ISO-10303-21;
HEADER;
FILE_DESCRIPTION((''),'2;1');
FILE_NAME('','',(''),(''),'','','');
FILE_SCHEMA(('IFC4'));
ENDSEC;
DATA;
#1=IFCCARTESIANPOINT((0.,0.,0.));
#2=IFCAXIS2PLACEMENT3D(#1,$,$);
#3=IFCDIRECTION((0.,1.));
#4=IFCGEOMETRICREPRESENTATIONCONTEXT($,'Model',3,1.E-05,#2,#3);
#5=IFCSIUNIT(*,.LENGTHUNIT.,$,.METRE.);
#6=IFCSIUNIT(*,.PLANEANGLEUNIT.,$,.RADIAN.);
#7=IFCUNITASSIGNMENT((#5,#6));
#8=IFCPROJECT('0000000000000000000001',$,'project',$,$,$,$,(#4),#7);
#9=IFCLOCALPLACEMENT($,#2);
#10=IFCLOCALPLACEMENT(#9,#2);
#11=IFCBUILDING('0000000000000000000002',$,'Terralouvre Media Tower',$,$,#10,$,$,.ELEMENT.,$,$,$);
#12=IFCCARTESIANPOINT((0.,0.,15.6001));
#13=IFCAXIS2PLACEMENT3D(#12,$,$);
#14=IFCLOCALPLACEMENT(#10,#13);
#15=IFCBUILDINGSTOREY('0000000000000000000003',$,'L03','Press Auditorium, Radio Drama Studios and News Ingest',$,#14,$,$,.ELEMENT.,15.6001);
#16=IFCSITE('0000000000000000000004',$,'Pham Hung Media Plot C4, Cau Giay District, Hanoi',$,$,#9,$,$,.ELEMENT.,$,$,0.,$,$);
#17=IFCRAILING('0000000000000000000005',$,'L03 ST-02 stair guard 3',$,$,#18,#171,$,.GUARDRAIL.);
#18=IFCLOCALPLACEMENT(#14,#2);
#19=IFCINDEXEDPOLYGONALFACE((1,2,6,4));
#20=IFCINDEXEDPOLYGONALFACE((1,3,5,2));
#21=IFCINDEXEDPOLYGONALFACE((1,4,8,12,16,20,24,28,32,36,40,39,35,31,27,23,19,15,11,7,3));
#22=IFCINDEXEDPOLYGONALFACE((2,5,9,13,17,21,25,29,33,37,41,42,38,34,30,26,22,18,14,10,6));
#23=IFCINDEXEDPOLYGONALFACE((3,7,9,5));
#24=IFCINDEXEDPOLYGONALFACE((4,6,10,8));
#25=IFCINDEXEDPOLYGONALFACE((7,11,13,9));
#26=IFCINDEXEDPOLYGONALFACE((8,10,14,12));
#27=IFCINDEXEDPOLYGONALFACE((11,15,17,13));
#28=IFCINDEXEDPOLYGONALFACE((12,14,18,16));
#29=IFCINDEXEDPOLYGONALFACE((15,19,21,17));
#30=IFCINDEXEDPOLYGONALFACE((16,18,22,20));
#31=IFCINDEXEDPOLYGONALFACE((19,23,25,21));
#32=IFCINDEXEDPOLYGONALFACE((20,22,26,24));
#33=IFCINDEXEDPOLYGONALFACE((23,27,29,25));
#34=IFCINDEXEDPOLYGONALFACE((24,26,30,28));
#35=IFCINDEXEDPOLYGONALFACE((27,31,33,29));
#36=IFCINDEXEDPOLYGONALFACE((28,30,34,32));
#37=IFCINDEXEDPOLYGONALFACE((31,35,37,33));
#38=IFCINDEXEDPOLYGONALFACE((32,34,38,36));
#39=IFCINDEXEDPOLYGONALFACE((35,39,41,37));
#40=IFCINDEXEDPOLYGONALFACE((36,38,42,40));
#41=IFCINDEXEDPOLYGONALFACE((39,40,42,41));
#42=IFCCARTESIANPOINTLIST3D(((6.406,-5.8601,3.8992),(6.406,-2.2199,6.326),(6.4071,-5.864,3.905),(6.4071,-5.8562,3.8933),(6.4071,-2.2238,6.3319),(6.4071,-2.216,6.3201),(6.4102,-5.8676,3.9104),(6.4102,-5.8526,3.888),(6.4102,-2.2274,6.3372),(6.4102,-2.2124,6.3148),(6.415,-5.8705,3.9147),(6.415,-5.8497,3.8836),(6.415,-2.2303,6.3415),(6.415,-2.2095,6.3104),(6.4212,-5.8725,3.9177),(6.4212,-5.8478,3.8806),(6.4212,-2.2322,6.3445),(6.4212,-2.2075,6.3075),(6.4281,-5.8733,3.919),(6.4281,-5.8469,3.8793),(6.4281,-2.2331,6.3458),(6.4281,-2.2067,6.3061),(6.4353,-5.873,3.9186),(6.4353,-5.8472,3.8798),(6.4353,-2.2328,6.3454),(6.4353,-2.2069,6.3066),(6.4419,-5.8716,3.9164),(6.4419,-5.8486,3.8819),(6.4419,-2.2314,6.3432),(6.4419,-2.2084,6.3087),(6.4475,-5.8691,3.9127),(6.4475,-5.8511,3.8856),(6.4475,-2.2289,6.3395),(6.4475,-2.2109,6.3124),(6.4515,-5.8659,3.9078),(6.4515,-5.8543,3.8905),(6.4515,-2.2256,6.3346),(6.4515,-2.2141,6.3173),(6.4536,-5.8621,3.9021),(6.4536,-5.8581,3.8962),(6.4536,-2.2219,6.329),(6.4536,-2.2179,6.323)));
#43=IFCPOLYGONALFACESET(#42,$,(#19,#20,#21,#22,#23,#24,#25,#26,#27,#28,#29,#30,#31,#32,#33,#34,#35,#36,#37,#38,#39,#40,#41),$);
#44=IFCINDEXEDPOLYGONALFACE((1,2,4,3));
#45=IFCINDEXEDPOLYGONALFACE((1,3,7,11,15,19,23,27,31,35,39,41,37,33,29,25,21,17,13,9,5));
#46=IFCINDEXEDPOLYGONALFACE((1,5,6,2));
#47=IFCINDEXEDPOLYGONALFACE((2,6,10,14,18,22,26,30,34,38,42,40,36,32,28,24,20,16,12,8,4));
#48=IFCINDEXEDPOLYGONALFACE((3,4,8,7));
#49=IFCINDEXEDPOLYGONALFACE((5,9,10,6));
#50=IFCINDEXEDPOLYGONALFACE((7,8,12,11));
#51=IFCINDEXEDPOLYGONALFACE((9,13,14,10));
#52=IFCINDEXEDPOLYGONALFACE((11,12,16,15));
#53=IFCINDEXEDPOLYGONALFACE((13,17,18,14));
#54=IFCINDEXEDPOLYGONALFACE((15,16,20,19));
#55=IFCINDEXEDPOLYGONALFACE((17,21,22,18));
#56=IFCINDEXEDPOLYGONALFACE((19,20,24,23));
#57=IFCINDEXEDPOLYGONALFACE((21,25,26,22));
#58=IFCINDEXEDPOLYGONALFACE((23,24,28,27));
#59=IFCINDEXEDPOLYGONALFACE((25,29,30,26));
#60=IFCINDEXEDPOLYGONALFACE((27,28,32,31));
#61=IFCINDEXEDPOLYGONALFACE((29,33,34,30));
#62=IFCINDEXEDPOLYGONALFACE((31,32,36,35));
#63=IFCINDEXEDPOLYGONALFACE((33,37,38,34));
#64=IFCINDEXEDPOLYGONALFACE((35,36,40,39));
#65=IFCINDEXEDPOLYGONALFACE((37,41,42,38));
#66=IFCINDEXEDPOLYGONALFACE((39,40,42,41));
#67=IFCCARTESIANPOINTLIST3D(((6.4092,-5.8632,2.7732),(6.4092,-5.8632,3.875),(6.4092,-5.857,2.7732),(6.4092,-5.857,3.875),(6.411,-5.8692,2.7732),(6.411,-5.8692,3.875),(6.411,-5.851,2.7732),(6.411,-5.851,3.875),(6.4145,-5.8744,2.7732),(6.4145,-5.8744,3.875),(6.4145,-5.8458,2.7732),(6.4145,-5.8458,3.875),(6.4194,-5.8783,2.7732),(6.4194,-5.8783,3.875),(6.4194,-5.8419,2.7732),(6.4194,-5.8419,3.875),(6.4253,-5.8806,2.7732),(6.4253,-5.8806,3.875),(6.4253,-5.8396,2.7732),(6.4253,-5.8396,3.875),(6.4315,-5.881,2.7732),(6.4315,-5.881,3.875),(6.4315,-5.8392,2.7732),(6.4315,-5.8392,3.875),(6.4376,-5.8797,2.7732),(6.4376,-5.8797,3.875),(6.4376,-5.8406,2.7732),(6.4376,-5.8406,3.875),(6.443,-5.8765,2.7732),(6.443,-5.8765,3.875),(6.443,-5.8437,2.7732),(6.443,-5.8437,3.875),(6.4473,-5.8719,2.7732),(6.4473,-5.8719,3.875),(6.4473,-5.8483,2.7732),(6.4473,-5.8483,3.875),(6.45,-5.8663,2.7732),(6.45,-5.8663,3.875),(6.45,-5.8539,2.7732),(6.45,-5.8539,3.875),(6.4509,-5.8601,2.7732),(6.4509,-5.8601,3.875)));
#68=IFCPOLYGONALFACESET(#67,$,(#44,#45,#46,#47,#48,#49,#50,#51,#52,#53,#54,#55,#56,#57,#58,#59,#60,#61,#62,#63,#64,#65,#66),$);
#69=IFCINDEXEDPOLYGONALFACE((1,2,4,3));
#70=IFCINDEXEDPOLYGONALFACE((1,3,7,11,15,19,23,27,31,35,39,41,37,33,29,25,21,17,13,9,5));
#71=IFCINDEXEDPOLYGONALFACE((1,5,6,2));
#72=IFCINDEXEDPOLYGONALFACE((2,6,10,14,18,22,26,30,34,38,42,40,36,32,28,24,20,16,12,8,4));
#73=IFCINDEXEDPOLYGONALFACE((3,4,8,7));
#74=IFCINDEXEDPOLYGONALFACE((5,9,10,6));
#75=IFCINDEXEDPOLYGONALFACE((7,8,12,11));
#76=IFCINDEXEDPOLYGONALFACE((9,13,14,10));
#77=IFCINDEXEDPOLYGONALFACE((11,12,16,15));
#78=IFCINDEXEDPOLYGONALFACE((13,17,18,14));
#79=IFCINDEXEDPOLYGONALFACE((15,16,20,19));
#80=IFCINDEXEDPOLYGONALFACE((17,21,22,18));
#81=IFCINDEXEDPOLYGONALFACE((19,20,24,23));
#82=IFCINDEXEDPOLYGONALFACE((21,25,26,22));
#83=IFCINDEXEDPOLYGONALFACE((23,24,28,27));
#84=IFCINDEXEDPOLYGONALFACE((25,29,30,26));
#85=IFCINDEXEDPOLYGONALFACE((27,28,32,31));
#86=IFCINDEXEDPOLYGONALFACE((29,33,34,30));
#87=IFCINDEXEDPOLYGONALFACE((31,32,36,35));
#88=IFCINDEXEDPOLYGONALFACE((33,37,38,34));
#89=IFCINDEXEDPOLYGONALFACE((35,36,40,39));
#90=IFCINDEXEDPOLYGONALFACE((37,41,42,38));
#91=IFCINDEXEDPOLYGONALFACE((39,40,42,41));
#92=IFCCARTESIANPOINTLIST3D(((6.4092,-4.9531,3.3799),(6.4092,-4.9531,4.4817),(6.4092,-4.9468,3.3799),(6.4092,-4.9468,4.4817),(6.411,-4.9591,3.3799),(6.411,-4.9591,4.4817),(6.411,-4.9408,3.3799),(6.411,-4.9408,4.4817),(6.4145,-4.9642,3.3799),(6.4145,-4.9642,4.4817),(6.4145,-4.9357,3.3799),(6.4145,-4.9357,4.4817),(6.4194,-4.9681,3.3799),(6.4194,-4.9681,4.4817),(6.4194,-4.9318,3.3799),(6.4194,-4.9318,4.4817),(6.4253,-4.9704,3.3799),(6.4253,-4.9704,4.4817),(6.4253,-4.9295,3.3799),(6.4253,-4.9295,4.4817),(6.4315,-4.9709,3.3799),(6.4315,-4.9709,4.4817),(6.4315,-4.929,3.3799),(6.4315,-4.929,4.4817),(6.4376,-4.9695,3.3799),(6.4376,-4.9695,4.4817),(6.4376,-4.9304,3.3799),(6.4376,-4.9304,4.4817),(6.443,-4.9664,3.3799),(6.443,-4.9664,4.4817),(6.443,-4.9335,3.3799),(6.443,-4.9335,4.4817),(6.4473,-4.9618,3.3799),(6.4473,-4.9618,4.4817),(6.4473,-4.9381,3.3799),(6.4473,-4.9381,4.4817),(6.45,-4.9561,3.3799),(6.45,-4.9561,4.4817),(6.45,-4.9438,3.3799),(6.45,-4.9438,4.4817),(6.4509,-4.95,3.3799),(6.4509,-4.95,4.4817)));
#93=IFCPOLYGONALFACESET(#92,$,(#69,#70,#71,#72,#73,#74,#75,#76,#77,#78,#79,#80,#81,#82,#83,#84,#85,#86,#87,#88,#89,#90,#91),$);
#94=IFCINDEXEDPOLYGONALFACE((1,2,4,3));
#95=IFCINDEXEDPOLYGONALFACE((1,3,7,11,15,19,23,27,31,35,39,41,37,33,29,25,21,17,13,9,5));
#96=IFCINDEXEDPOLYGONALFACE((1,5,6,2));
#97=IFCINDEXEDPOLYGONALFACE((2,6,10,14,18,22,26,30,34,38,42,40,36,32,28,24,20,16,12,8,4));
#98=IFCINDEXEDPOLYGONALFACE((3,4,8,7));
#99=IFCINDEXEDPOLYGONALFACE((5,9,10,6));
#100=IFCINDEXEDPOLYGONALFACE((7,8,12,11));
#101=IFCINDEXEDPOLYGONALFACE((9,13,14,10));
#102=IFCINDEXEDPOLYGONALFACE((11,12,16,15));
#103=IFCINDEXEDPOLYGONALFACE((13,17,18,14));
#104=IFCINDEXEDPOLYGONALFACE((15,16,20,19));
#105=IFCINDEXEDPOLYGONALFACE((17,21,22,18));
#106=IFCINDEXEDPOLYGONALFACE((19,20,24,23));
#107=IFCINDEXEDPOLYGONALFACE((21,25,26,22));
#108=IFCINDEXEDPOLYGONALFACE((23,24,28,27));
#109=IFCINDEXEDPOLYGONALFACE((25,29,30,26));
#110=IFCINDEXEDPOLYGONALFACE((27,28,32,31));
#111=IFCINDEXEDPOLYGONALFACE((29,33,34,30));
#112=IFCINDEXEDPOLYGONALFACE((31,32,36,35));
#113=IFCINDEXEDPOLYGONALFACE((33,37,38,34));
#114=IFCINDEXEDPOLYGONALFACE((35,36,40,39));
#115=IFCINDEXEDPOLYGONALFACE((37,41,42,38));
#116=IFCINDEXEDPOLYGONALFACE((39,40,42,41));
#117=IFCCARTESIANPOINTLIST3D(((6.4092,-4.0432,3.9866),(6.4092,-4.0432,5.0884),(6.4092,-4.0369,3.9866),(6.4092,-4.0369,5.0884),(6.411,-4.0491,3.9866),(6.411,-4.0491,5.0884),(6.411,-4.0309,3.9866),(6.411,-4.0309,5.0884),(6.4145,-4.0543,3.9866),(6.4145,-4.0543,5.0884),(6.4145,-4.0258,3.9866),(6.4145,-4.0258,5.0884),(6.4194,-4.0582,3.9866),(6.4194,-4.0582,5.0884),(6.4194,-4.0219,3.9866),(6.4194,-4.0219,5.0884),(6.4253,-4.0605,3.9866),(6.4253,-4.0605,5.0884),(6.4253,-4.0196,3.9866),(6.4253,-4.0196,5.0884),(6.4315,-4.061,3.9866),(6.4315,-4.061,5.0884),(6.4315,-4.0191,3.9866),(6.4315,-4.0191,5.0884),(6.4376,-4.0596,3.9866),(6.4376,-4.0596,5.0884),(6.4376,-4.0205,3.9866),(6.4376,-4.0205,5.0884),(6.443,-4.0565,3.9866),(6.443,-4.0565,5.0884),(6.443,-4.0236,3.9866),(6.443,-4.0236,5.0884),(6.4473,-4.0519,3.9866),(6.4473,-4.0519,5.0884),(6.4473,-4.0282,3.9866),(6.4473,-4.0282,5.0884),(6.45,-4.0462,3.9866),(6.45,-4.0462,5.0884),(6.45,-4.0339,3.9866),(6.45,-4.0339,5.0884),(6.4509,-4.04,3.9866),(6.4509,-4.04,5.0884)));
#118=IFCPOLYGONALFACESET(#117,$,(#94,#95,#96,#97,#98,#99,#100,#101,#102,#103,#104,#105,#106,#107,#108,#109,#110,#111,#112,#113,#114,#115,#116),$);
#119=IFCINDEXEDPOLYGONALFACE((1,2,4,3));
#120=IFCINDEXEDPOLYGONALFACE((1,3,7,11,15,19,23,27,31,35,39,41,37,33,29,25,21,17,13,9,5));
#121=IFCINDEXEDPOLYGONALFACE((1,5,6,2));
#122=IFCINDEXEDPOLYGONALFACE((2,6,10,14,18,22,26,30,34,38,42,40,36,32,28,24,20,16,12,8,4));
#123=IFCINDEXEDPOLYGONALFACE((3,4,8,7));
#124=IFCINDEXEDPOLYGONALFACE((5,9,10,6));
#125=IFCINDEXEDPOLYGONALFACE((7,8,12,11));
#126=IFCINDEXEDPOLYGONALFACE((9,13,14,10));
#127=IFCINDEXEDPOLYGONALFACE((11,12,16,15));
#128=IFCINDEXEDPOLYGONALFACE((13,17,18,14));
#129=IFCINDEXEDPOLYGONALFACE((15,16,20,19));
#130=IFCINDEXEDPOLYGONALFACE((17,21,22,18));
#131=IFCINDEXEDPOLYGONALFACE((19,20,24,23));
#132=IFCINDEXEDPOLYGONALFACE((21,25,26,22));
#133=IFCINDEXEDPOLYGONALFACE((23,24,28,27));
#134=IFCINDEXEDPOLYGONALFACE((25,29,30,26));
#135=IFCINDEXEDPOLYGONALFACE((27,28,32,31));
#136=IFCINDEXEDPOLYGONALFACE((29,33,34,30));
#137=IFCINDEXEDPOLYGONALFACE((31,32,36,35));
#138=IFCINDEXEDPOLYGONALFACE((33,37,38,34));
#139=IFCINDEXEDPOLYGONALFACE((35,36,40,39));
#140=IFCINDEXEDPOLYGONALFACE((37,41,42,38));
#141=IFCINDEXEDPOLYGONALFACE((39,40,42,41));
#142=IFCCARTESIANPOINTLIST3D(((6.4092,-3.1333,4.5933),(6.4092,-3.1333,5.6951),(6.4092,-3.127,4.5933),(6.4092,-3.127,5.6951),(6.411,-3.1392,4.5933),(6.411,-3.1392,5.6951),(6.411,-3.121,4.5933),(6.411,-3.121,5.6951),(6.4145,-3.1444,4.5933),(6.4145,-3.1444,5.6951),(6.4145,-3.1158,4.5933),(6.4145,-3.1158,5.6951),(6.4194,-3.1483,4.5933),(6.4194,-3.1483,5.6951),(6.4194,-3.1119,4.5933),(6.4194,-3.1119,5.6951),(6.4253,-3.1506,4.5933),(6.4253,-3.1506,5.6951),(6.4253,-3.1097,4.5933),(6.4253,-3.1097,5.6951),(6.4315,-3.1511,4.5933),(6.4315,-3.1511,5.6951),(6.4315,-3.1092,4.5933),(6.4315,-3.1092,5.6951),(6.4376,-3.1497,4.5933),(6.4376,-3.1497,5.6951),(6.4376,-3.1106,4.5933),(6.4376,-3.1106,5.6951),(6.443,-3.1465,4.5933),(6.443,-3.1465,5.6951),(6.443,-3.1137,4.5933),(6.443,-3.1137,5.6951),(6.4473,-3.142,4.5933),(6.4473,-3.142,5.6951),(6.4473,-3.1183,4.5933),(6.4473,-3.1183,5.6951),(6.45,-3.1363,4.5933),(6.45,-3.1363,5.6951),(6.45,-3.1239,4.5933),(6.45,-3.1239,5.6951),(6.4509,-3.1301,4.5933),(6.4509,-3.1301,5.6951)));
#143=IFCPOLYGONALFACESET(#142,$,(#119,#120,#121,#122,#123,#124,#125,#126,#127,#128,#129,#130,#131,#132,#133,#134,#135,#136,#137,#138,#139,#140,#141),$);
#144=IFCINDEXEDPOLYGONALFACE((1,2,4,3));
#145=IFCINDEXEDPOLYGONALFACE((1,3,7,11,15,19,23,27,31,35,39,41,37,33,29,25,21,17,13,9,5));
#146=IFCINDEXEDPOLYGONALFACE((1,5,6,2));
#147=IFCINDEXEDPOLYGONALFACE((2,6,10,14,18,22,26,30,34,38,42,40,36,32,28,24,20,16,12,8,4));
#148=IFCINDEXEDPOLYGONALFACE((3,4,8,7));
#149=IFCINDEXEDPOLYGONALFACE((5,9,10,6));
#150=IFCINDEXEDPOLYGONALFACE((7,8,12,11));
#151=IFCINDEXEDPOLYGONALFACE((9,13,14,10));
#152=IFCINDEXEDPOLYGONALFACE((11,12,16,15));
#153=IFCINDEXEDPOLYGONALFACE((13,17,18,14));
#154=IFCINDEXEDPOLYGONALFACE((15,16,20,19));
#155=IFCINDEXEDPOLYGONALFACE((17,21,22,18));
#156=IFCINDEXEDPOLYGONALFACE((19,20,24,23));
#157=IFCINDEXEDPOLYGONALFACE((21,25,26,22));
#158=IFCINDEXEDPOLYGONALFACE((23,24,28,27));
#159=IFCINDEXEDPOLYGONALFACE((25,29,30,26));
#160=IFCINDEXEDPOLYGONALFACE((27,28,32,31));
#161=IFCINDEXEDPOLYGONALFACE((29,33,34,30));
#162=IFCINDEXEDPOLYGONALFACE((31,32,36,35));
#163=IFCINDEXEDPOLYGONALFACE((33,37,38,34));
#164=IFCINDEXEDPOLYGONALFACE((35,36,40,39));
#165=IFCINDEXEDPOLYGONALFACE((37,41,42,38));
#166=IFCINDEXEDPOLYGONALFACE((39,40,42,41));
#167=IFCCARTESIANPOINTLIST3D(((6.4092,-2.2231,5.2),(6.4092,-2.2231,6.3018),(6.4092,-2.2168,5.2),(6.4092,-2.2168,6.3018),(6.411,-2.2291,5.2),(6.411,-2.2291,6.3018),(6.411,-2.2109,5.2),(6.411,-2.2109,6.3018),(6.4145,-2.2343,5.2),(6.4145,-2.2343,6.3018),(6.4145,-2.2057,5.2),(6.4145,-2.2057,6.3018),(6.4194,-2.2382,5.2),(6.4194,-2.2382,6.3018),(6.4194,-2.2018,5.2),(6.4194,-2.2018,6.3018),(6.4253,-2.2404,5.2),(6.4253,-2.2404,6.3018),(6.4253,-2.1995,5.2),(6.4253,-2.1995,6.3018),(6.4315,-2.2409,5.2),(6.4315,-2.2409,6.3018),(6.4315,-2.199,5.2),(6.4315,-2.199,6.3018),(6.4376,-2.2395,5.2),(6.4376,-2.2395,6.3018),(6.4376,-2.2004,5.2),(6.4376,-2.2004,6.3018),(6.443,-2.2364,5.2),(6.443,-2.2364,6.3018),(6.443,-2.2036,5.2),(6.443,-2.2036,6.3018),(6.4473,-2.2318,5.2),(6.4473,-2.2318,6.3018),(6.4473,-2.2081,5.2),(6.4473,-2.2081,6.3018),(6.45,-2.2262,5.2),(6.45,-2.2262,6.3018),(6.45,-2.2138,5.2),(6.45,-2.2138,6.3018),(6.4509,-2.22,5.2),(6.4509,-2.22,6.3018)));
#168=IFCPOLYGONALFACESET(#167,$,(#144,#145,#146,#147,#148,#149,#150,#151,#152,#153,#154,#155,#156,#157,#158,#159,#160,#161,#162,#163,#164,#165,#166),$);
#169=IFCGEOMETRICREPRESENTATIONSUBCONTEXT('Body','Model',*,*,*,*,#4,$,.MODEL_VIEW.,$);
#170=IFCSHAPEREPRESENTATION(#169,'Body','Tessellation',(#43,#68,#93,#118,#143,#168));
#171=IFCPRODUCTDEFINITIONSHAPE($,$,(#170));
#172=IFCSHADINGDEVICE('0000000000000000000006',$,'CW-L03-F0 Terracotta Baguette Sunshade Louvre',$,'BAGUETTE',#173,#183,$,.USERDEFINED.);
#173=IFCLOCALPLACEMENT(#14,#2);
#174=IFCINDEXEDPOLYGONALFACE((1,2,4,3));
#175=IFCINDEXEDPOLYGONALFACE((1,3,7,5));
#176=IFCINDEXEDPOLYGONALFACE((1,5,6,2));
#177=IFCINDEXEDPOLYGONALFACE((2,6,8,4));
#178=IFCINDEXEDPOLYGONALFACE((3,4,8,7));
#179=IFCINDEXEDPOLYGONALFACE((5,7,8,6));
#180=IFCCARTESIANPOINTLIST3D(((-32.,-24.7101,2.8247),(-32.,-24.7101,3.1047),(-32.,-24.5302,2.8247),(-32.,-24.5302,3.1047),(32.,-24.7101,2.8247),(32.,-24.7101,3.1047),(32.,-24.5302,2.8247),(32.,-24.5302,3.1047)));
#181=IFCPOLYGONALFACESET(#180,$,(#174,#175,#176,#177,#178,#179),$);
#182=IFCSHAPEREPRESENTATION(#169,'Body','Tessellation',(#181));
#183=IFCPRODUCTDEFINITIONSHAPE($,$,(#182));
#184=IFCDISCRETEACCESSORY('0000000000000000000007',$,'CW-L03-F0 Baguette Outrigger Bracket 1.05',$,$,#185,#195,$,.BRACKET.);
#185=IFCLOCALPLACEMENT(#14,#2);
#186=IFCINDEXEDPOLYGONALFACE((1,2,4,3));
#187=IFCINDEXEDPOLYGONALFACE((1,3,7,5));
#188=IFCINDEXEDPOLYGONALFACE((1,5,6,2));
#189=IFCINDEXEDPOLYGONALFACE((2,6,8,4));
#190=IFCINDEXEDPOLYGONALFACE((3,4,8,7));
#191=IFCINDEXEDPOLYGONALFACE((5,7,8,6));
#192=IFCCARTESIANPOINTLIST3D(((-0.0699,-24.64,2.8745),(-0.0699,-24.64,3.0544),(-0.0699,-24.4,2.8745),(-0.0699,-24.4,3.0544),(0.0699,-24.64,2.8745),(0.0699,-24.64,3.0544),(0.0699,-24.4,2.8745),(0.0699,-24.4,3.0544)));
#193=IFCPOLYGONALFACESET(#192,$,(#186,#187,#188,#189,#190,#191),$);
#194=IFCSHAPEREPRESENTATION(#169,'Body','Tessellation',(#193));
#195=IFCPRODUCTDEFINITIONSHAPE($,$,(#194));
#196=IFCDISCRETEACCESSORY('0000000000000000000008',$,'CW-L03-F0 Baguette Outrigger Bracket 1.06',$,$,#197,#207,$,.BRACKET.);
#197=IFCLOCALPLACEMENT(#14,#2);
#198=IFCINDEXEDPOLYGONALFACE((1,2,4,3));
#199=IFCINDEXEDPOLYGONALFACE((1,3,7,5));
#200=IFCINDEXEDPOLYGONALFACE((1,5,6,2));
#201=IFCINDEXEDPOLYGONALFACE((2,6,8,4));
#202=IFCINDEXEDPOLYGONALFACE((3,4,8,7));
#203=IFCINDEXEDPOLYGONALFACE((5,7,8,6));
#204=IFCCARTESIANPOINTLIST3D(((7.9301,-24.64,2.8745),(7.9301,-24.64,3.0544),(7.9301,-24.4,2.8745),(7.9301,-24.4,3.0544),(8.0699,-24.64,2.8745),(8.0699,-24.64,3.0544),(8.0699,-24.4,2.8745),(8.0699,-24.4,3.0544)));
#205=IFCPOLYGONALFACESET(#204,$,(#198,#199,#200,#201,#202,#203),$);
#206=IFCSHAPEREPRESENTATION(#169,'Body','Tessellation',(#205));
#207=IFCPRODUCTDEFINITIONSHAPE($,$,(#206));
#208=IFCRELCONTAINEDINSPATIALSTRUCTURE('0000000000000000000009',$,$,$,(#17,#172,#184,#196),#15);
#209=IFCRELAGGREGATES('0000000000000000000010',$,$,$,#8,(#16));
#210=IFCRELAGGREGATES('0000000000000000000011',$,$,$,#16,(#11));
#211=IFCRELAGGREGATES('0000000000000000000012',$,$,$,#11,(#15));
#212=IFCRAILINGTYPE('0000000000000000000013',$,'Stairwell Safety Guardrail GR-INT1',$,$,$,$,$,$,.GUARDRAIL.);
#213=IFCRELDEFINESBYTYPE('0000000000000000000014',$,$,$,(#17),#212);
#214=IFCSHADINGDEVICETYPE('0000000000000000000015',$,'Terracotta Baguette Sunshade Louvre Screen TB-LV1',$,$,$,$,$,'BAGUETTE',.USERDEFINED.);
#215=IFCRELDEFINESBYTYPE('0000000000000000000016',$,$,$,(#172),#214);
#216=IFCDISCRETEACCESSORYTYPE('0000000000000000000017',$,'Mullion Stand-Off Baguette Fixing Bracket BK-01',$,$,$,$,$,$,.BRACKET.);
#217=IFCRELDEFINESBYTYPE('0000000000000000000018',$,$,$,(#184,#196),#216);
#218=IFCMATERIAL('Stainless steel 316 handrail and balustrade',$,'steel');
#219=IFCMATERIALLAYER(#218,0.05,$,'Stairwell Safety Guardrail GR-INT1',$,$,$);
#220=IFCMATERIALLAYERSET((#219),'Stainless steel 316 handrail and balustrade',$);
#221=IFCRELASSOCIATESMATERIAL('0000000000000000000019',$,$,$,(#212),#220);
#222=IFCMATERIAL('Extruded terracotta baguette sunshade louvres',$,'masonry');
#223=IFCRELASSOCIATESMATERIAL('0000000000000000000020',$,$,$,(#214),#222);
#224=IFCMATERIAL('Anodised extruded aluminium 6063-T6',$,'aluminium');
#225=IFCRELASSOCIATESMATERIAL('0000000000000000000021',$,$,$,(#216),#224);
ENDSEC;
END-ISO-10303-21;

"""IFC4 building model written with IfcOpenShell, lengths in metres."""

from ifc_helpers import new_model, si_unit, direction, frame, origin, origin_2d, place, context, subcontext, project, spatial, rectangle, circle, extrude, material, layer, layer_set, type_object, element, save


model = new_model("IFC4")

# Units and contexts
model_context = context("Model", 3, precision=1e-05, world=origin(), true_north=direction((0.0, 1.0)))
body_context = subcontext(model_context, "Body", "Model", "MODEL_VIEW")
ifc_project = project(units=[si_unit("LENGTHUNIT", "METRE"), si_unit("PLANEANGLEUNIT", "RADIAN")], contexts=[model_context])

# Site, building, storey
site_placement = place(None, origin())
site = spatial("IfcSite", under=ifc_project, at=site_placement, Name="Pham Hung Media Plot C4, Cau Giay District, Hanoi", CompositionType="ELEMENT", RefElevation=0.0)
building_placement = place(site_placement, origin())
building = spatial("IfcBuilding", under=site, at=building_placement, Name="Terralouvre Media Tower", CompositionType="ELEMENT")
storey_placement = place(building_placement, frame((0.0, 0.0, 15.6001)))
storey = spatial("IfcBuildingStorey", under=building, at=storey_placement, Name="L03", Description="Press Auditorium, Radio Drama Studios and News Ingest", CompositionType="ELEMENT", Elevation=15.6001)

# Railing
ifc_material_1 = material(Name="Stainless steel 316 handrail and balustrade", Category="steel")
ifc_layer_1 = layer(ifc_material_1, 0.05, Name="Stairwell Safety Guardrail GR-INT1")
ifc_layer_set_1 = layer_set([ifc_layer_1], Name="Stainless steel 316 handrail and balustrade")
railing_type = type_object("IfcRailingType", Name="Stairwell Safety Guardrail GR-INT1", PredefinedType="GUARDRAIL", material=ifc_layer_set_1)
railing_1_placement = place(storey_placement, frame((6.4299, -5.8601, 2.7732)))
element("IfcRailing", 1, at=railing_1_placement, inside=storey, type_object=railing_type, Name="L03 ST-02 stair guard 3", PredefinedType="GUARDRAIL", context=body_context, shape_type="SweptSolid", body=[
    extrude(circle(Radius=0.0239, at=origin_2d()), frame((0.0, 0.0, 1.126), z_axis=(0.0, 0.83205, 0.5547), x_axis=(-1.0, 0.0, 0.0)), (0.0, 0.0, 1.0), 4.375),
    extrude(circle(Radius=0.021, at=origin_2d()), origin(), (0.0, 0.0, 1.0), 1.1018),
    extrude(circle(Radius=0.021, at=origin_2d()), frame((0.0, 0.9102, 0.6067)), (0.0, 0.0, 1.0), 1.1018),
    extrude(circle(Radius=0.021, at=origin_2d()), frame((0.0, 1.8201, 1.2134)), (0.0, 0.0, 1.0), 1.1018),
    extrude(circle(Radius=0.021, at=origin_2d()), frame((0.0, 2.73, 1.8201)), (0.0, 0.0, 1.0), 1.1018),
    extrude(circle(Radius=0.021, at=origin_2d()), frame((0.0, 3.6401, 2.4268)), (0.0, 0.0, 1.0), 1.1018),
])

# Shading device
ifc_material_2 = material(Name="Extruded terracotta baguette sunshade louvres", Category="masonry")
shading_device_type_1 = type_object("IfcShadingDeviceType", Name="Terracotta Baguette Sunshade Louvre Screen TB-LV1", ElementType="BAGUETTE", PredefinedType="USERDEFINED", material=ifc_material_2)
shading_device_1_placement = place(storey_placement, frame((0.0, -24.6201, 2.8247), z_axis=(0.0, 0.0, 1.0), x_axis=(1.0, 0.0, 0.0)))
element("IfcShadingDevice", 2, at=shading_device_1_placement, inside=storey, type_object=shading_device_type_1, Name="CW-L03-F0 Terracotta Baguette Sunshade Louvre", ObjectType="BAGUETTE", PredefinedType="USERDEFINED", context=body_context, shape_type="SweptSolid", body=[
    extrude(rectangle(XDim=64.0, YDim=0.1799, at=origin_2d()), origin(), (0.0, 0.0, 1.0), 0.28),
])

# Discrete accessories
ifc_material_3 = material(Name="Anodised extruded aluminium 6063-T6", Category="aluminium")
discrete_accessory_type = type_object("IfcDiscreteAccessoryType", Name="Mullion Stand-Off Baguette Fixing Bracket BK-01", PredefinedType="BRACKET", material=ifc_material_3)
for number, where, z_axis, x_axis, name in (
    (3, (0.0, -24.52, 2.8745), (0.0, 0.0, 1.0), (1.0, 0.0, 0.0), "CW-L03-F0 Baguette Outrigger Bracket 1.05"),
    (4, (8.0, -24.52, 2.8745), (0.0, 0.0, 1.0), (1.0, 0.0, 0.0), "CW-L03-F0 Baguette Outrigger Bracket 1.06"),
):
    element("IfcDiscreteAccessory", number, at=place(storey_placement, frame(where, z_axis=z_axis, x_axis=x_axis)), inside=storey, type_object=discrete_accessory_type, Name=name, PredefinedType="BRACKET", context=body_context, shape_type="SweptSolid", body=[
        extrude(rectangle(XDim=0.1399, YDim=0.24, at=origin_2d()), origin(), (0.0, 0.0, 1.0), 0.1799),
    ])

save(model, "model.ifc")
